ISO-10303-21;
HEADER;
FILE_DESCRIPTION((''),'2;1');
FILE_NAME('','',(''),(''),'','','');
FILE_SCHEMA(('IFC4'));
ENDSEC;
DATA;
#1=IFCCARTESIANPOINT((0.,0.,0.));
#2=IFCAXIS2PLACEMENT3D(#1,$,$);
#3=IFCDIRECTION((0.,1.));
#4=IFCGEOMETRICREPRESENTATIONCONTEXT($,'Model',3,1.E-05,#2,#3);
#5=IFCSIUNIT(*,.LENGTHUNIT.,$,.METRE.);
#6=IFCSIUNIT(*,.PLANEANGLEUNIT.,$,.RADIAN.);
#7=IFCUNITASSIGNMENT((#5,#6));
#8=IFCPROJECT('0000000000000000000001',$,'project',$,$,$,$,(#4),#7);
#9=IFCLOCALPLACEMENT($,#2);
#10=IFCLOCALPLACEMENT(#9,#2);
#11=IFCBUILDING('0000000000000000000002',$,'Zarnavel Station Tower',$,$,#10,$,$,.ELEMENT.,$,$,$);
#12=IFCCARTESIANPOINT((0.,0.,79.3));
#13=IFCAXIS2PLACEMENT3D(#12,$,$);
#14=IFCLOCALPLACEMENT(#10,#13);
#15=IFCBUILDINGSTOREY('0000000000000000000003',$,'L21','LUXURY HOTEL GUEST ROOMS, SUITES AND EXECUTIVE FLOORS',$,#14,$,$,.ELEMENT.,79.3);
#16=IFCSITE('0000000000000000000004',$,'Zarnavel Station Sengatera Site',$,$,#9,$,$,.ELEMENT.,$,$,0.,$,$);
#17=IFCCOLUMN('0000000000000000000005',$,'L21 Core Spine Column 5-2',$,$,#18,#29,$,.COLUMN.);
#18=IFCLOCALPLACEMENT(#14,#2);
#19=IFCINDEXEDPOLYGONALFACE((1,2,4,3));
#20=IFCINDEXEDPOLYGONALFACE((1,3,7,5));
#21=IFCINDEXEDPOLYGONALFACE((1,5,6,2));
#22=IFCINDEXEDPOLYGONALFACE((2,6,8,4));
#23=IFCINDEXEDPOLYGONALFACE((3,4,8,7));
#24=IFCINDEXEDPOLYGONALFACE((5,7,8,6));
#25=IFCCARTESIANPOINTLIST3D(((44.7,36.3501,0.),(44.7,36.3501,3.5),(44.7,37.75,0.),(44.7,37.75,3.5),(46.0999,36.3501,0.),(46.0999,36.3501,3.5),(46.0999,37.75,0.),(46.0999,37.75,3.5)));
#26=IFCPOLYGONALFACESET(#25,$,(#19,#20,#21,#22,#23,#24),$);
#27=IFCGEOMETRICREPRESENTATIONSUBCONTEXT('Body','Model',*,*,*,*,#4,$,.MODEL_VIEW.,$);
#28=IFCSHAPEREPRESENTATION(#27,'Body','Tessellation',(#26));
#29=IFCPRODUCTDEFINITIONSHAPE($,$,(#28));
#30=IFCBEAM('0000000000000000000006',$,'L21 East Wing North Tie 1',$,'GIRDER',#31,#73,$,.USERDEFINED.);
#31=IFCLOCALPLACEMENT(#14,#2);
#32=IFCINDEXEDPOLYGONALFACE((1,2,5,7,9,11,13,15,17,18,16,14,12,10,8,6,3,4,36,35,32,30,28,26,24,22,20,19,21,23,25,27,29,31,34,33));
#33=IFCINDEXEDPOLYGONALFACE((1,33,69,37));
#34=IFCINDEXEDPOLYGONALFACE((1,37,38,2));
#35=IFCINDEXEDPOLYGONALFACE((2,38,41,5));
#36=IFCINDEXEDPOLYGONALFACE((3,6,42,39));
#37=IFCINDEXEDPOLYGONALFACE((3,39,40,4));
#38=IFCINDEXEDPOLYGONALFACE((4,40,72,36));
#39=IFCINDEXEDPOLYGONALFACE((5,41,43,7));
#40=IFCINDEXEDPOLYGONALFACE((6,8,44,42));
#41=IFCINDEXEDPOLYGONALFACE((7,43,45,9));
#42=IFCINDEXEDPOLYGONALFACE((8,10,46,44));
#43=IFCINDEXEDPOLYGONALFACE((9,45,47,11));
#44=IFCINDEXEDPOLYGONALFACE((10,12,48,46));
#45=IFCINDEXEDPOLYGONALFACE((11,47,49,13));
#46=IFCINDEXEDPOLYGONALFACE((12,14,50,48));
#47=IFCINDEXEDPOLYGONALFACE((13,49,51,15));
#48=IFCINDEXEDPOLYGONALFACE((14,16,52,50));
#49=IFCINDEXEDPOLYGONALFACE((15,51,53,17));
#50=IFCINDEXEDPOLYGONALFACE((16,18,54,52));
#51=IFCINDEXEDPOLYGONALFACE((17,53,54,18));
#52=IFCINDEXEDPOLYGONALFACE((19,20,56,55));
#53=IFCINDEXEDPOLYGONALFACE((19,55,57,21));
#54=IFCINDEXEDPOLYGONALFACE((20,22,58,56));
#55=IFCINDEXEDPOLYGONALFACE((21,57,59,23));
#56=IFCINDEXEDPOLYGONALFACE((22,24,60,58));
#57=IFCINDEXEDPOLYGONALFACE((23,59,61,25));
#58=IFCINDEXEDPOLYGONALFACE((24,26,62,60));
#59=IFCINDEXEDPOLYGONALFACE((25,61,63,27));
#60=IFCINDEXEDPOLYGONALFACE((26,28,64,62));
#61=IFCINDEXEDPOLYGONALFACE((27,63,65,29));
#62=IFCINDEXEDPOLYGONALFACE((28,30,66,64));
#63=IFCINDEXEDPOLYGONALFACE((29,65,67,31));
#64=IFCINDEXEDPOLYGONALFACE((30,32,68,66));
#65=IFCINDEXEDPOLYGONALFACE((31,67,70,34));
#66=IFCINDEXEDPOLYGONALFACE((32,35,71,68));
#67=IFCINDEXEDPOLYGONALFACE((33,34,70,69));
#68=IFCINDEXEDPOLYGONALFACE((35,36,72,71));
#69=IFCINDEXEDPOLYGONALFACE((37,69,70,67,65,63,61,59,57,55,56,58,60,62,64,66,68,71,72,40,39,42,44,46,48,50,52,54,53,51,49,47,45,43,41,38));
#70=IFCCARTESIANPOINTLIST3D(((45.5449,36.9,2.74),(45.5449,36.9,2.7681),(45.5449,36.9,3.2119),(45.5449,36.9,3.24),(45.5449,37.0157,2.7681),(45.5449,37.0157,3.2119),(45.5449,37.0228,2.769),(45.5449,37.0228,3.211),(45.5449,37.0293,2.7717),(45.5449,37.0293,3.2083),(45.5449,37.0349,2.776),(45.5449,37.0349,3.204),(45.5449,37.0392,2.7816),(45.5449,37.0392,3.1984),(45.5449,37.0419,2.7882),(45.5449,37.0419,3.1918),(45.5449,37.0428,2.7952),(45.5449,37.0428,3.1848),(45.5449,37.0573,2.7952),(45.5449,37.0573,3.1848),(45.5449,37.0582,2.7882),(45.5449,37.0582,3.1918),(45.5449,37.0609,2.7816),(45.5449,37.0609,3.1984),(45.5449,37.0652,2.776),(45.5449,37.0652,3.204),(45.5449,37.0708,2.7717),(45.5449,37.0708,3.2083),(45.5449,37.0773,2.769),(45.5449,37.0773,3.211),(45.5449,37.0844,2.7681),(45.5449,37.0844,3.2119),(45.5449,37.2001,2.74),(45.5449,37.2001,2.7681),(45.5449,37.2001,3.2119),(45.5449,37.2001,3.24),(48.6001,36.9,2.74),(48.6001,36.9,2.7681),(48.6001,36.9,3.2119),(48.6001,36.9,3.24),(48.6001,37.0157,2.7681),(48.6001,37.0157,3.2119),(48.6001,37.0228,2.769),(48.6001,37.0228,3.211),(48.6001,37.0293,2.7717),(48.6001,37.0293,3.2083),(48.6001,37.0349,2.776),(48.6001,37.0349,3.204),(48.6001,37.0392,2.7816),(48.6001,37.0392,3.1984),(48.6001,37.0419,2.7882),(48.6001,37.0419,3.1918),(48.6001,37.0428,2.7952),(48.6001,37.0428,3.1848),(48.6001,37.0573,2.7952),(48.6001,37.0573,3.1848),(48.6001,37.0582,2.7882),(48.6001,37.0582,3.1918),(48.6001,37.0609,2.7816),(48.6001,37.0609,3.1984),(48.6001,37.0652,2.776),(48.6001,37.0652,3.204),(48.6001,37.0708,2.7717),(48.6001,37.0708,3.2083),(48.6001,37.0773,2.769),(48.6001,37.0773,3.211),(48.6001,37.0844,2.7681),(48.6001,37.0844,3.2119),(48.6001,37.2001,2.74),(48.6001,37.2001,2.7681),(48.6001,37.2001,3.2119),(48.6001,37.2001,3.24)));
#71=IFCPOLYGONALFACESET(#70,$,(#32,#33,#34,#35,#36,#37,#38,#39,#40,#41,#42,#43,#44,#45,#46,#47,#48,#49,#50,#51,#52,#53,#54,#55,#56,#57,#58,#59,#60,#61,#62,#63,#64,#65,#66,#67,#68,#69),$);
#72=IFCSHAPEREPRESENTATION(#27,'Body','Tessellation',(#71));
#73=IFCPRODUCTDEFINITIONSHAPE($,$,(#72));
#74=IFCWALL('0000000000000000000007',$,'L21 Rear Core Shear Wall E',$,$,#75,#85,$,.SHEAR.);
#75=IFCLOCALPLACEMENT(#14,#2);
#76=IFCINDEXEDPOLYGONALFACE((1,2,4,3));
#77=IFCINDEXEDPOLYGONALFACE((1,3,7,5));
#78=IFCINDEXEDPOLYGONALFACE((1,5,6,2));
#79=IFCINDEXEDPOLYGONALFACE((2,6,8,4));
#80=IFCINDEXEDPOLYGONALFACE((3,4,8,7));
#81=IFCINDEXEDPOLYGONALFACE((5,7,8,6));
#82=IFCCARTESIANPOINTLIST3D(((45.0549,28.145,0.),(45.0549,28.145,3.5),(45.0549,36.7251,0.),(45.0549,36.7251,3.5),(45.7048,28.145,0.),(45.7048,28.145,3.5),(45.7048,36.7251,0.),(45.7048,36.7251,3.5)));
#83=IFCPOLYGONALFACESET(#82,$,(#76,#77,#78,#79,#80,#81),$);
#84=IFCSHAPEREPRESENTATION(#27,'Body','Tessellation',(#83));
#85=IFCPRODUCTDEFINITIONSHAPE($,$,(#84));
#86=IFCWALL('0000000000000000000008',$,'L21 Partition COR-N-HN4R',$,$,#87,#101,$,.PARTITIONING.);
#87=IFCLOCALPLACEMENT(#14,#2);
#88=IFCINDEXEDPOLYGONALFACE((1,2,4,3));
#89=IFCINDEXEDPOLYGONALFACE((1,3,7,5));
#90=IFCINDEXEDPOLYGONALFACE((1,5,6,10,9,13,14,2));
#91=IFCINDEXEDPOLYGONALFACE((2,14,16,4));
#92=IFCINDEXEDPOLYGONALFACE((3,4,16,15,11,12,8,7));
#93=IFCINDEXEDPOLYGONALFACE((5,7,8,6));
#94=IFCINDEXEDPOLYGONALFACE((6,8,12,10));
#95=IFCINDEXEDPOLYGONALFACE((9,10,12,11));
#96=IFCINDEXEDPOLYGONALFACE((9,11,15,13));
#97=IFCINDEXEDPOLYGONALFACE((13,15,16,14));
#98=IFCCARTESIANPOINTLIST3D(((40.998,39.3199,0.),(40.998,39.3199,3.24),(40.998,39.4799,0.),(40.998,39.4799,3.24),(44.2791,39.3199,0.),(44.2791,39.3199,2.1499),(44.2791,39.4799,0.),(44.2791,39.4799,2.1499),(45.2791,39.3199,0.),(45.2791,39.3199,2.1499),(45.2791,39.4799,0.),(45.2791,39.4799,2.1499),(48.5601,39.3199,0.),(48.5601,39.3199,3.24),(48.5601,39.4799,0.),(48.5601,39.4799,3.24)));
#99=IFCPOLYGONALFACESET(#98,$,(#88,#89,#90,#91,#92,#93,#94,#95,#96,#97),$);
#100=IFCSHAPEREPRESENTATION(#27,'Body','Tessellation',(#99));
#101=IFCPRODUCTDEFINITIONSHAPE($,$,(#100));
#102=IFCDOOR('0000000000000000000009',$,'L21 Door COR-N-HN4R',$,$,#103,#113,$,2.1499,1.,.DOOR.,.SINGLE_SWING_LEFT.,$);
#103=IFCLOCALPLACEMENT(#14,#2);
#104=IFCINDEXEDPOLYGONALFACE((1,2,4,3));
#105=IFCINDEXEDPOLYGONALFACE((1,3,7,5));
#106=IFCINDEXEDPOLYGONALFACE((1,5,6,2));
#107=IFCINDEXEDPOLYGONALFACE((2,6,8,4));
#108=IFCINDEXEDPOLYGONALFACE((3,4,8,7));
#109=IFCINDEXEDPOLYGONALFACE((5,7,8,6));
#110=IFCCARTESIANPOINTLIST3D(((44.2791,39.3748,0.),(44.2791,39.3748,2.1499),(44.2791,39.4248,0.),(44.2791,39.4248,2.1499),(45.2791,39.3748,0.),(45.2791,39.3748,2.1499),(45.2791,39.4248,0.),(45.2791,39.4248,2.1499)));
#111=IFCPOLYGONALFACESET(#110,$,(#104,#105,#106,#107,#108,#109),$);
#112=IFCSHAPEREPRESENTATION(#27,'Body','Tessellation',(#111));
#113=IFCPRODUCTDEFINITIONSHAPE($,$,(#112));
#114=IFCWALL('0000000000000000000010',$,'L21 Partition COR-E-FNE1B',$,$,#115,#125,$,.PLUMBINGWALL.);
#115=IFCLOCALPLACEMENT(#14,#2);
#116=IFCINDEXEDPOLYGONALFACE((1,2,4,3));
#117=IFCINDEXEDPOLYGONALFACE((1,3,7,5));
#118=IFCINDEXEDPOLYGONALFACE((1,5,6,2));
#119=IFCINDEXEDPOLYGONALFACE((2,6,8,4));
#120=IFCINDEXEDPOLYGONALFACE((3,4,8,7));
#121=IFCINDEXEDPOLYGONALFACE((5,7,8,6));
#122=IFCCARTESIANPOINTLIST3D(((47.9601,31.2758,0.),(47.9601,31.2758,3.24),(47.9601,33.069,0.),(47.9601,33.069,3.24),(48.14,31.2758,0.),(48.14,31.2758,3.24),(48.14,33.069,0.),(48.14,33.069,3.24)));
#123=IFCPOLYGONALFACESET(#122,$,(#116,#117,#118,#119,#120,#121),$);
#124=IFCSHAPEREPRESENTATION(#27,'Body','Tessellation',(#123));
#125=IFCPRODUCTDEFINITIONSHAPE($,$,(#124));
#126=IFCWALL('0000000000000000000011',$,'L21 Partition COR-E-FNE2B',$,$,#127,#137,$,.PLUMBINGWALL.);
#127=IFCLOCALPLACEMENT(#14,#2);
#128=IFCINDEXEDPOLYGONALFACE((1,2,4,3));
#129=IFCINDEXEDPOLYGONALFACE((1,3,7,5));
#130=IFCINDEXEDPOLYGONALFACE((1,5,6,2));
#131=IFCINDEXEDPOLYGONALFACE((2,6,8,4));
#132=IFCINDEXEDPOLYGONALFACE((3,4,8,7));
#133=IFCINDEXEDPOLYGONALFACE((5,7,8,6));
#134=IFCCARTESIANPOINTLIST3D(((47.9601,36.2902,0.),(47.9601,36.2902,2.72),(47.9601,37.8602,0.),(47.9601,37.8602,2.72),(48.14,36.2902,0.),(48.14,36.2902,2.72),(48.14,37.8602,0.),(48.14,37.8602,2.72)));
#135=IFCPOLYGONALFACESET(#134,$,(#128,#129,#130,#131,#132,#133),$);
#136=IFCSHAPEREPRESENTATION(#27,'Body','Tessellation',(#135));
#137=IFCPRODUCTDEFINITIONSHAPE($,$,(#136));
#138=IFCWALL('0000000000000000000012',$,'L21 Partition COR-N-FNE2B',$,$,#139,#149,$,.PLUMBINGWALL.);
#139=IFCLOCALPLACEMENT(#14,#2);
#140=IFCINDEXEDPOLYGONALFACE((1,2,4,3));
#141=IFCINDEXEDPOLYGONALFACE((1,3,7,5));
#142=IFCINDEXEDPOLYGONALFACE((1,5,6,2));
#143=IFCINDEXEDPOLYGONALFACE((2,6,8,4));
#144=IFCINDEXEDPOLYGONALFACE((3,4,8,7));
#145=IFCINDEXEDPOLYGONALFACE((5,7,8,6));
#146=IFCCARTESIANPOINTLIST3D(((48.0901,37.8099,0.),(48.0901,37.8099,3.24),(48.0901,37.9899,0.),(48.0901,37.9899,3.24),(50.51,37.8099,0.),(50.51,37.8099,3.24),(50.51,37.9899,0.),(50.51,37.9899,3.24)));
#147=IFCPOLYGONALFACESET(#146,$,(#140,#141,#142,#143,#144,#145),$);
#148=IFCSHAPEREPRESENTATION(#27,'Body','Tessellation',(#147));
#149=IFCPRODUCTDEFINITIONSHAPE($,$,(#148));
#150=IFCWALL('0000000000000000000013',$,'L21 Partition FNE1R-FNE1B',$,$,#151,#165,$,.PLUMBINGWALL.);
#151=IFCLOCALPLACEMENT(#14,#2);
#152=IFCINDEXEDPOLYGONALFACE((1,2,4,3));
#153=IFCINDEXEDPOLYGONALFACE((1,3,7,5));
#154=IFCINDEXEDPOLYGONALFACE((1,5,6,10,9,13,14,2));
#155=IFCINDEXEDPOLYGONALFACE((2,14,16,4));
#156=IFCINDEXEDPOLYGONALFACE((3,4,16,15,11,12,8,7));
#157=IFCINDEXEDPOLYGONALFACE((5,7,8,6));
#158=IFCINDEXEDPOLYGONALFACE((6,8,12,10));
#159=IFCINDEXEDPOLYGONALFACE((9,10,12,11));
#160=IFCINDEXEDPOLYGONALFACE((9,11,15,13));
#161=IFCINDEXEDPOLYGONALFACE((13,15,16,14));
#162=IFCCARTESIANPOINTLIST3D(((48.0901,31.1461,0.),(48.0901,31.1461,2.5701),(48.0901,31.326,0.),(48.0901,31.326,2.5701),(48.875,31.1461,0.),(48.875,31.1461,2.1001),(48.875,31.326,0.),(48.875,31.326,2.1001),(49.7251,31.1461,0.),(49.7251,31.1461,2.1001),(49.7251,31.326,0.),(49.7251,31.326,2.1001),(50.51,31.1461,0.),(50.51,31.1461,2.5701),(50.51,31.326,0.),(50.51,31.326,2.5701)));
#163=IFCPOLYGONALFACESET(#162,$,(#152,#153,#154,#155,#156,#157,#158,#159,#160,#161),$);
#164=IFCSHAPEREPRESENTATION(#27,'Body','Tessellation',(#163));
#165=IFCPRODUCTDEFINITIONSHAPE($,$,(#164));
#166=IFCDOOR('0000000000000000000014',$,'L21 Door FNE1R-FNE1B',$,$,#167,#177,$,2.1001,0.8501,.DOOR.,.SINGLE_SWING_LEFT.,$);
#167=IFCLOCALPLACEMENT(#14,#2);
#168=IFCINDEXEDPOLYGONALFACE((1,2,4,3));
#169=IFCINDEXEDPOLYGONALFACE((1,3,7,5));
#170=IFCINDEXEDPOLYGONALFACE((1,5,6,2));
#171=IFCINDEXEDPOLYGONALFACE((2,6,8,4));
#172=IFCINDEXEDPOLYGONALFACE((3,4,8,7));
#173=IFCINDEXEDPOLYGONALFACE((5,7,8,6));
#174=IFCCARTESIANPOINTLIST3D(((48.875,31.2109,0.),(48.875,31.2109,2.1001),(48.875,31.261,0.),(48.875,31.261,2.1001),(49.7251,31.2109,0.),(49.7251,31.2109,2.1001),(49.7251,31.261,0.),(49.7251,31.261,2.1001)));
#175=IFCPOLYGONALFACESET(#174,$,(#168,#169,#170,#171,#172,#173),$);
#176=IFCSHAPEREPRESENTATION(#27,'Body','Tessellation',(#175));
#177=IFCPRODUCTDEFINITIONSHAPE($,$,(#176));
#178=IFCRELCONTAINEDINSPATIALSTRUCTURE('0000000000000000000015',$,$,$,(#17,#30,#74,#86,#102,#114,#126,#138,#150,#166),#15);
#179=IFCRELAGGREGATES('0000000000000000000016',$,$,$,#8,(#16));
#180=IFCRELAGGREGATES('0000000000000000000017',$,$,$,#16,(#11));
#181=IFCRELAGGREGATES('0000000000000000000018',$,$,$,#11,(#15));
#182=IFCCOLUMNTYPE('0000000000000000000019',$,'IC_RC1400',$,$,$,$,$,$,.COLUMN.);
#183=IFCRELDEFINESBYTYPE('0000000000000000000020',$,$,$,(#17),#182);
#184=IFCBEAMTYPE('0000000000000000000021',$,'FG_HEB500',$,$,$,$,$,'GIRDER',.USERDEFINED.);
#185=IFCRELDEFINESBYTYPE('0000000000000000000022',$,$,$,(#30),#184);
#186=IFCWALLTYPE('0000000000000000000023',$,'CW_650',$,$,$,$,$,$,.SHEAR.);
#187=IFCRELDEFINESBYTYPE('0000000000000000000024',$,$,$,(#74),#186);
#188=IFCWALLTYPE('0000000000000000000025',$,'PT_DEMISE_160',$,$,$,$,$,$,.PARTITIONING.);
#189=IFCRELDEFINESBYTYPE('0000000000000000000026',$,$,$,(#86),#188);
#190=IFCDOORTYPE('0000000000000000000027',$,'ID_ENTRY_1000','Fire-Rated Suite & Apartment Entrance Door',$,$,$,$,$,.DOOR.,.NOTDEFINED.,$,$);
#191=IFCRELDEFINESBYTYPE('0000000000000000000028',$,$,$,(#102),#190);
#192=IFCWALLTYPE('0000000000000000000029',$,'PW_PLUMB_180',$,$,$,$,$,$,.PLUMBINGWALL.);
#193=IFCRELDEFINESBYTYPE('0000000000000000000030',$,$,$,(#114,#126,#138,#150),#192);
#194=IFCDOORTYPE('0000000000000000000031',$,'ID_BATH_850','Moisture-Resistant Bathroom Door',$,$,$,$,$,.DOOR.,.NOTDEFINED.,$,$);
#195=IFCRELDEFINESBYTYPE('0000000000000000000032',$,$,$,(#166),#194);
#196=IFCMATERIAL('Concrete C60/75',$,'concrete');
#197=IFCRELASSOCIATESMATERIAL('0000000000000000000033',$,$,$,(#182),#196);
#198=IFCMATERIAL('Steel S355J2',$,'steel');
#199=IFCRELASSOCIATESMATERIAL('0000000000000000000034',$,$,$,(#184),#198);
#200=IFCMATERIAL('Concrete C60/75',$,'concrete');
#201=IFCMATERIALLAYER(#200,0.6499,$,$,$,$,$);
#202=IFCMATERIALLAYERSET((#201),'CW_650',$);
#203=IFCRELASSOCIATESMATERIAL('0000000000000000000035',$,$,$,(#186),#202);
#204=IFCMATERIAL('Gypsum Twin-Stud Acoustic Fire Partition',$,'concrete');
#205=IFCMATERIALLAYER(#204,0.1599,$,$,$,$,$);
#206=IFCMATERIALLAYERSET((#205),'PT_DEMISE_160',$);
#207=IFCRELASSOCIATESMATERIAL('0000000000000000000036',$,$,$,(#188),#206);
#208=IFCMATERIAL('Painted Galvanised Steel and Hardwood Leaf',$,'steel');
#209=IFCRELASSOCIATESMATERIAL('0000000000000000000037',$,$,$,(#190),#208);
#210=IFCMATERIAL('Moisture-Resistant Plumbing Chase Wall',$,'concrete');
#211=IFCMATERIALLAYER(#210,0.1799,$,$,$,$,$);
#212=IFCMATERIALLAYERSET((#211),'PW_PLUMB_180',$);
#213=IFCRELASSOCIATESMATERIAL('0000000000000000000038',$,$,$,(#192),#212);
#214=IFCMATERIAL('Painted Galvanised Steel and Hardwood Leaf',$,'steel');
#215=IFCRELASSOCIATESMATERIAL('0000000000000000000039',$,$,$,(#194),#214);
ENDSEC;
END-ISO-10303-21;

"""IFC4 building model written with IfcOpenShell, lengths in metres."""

from ifc_helpers import new_model, si_unit, direction, frame, frame_2d, origin, origin_2d, place, context, subcontext, project, spatial, rectangle, i_section, extrude, material, layer, layer_set, material_profile, profile_set, type_object, element, fill, save


model = new_model("IFC4")

# Units and contexts
model_context = context("Model", 3, precision=1e-05, world=origin(), true_north=direction((0.0, 1.0)))
body_context = subcontext(model_context, "Body", "Model", "MODEL_VIEW")
ifc_project = project(units=[si_unit("LENGTHUNIT", "METRE"), si_unit("PLANEANGLEUNIT", "RADIAN")], contexts=[model_context])

# Site, building, storey
site_placement = place(None, origin())
site = spatial("IfcSite", under=ifc_project, at=site_placement, Name="Zarnavel Station Sengatera Site", CompositionType="ELEMENT", RefElevation=0.0)
building_placement = place(site_placement, origin())
building = spatial("IfcBuilding", under=site, at=building_placement, Name="Zarnavel Station Tower", CompositionType="ELEMENT")
storey_placement = place(building_placement, frame((0.0, 0.0, 79.3)))
storey = spatial("IfcBuildingStorey", under=building, at=storey_placement, Name="L21", Description="LUXURY HOTEL GUEST ROOMS, SUITES AND EXECUTIVE FLOORS", CompositionType="ELEMENT", Elevation=79.3)

# Column
ifc_material_1 = material(Name="Concrete C60/75", Category="concrete")
ifc_material_profile_1 = material_profile(ifc_material_1, rectangle(XDim=1.3999, YDim=1.3999, at=origin_2d()), Name="RC1400x1400")
ifc_profile_set_1 = profile_set([ifc_material_profile_1], Name="Concrete C60/75")
column_type = type_object("IfcColumnType", Name="IC_RC1400", PredefinedType="COLUMN", material=ifc_profile_set_1)
column_placement = place(storey_placement, frame((45.3999, 37.05, 0.0), z_axis=(0.0, 0.0, 1.0), x_axis=(1.0, 0.0, 0.0)))
element("IfcColumn", 1, at=column_placement, inside=storey, type_object=column_type, Name="L21 Core Spine Column 5-2", PredefinedType="COLUMN", context=body_context, shape_type="SweptSolid", body=[
    extrude(rectangle(XDim=1.3999, YDim=1.3999, at=origin_2d()), origin(), (0.0, 0.0, 1.0), 3.5),
])

# Beam
ifc_material_2 = material(Name="Steel S355J2", Category="steel")
ifc_material_profile_2 = material_profile(ifc_material_2, i_section(OverallWidth=0.3, OverallDepth=0.5, WebThickness=0.0144, FlangeThickness=0.0281, FilletRadius=0.0271, at=origin_2d()), Name="HEB500")
ifc_profile_set_2 = profile_set([ifc_material_profile_2], Name="Steel S355J2")
beam_type = type_object("IfcBeamType", Name="FG_HEB500", ElementType="GIRDER", PredefinedType="USERDEFINED", material=ifc_profile_set_2)
beam_placement = place(storey_placement, frame((45.5449, 37.05, 2.99), z_axis=(1.0, 0.0, 0.0), x_axis=(0.0, 1.0, 0.0)))
element("IfcBeam", 2, at=beam_placement, inside=storey, type_object=beam_type, Name="L21 East Wing North Tie 1", ObjectType="GIRDER", PredefinedType="USERDEFINED", context=body_context, shape_type="SweptSolid", body=[
    extrude(i_section(OverallWidth=0.3, OverallDepth=0.5, WebThickness=0.0144, FlangeThickness=0.0281, FilletRadius=0.0271, at=origin_2d()), origin(), (0.0, 0.0, 1.0), 3.0552),
])

# Wall
ifc_material_3 = material(Name="Concrete C60/75", Category="concrete")
ifc_layer_1 = layer(ifc_material_3, 0.6499)
ifc_layer_set_1 = layer_set([ifc_layer_1], Name="CW_650")
wall_type_1 = type_object("IfcWallType", Name="CW_650", PredefinedType="SHEAR", material=ifc_layer_set_1)
wall_1_placement = place(storey_placement, frame((45.3799, 28.145, 0.0), z_axis=(0.0, 0.0, 1.0), x_axis=(0.0, 1.0, 0.0)))
element("IfcWall", 3, at=wall_1_placement, inside=storey, type_object=wall_type_1, Name="L21 Rear Core Shear Wall E", PredefinedType="SHEAR", context=body_context, shape_type="SweptSolid", body=[
    extrude(rectangle(XDim=8.5801, YDim=0.6499, at=frame_2d((4.29, 0.0))), origin(), (0.0, 0.0, 1.0), 3.5),
])

# Wall, opening, door
ifc_material_4 = material(Name="Gypsum Twin-Stud Acoustic Fire Partition", Category="concrete")
ifc_layer_2 = layer(ifc_material_4, 0.1599)
ifc_layer_set_2 = layer_set([ifc_layer_2], Name="PT_DEMISE_160")
wall_type_2 = type_object("IfcWallType", Name="PT_DEMISE_160", PredefinedType="PARTITIONING", material=ifc_layer_set_2)
ifc_material_5 = material(Name="Painted Galvanised Steel and Hardwood Leaf", Category="steel")
door_type_1 = type_object("IfcDoorType", Name="ID_ENTRY_1000", Description="Fire-Rated Suite & Apartment Entrance Door", OperationType="NOTDEFINED", PredefinedType="DOOR", material=ifc_material_5)
wall_2_placement = place(storey_placement, frame((40.998, 39.3999, 0.0), z_axis=(0.0, 0.0, 1.0), x_axis=(1.0, 0.0, 0.0)))
wall_2 = element("IfcWall", 4, at=wall_2_placement, inside=storey, type_object=wall_type_2, Name="L21 Partition COR-N-HN4R", PredefinedType="PARTITIONING", context=body_context, shape_type="SweptSolid", body=[
    extrude(rectangle(XDim=7.562, YDim=0.1599, at=frame_2d((3.781, 0.0))), origin(), (0.0, 0.0, 1.0), 3.24),
])
opening_1_placement = place(wall_2_placement, frame((3.281, 0.0, 0.0)))
opening_1 = element("IfcOpeningElement", 5, at=opening_1_placement, cuts=wall_2, PredefinedType="OPENING", context=body_context, shape_type="SweptSolid", body=[
    extrude(rectangle(XDim=1.0, YDim=2.1499, at=frame_2d((0.5, 1.075))), frame((0.0, 0.0898, 0.0), z_axis=(0.0, -1.0, 0.0), x_axis=(1.0, 0.0, 0.0)), (0.0, 0.0, 1.0), 0.1799),
])
door_1_placement = place(opening_1_placement, origin())
door_1 = element("IfcDoor", 6, at=door_1_placement, inside=storey, type_object=door_type_1, Name="L21 Door COR-N-HN4R", OperationType="SINGLE_SWING_LEFT", OverallHeight=2.1499, OverallWidth=1.0, PredefinedType="DOOR", context=body_context, shape_type="SweptSolid", body=[
    extrude(rectangle(XDim=1.0, YDim=2.1499, at=frame_2d((0.5, 1.075))), frame((0.0, 0.0249, 0.0), z_axis=(0.0, -1.0, 0.0), x_axis=(1.0, 0.0, 0.0)), (0.0, 0.0, 1.0), 0.05),
])
fill(opening_1, door_1)

# Walls
ifc_material_6 = material(Name="Moisture-Resistant Plumbing Chase Wall", Category="concrete")
ifc_layer_3 = layer(ifc_material_6, 0.1799)
ifc_layer_set_3 = layer_set([ifc_layer_3], Name="PW_PLUMB_180")
wall_type_3 = type_object("IfcWallType", Name="PW_PLUMB_180", PredefinedType="PLUMBINGWALL", material=ifc_layer_set_3)
wall_3_placement = place(storey_placement, frame((48.05, 31.2759, 0.0), z_axis=(0.0, 0.0, 1.0), x_axis=(0.0, 1.0, 0.0)))
element("IfcWall", 7, at=wall_3_placement, inside=storey, type_object=wall_type_3, Name="L21 Partition COR-E-FNE1B", PredefinedType="PLUMBINGWALL", context=body_context, shape_type="SweptSolid", body=[
    extrude(rectangle(XDim=1.7932, YDim=0.1799, at=frame_2d((0.8965, 0.0))), origin(), (0.0, 0.0, 1.0), 3.24),
])
wall_4_placement = place(storey_placement, frame((48.05, 36.29, 0.0), z_axis=(0.0, 0.0, 1.0), x_axis=(0.0, 1.0, 0.0)))
element("IfcWall", 8, at=wall_4_placement, inside=storey, type_object=wall_type_3, Name="L21 Partition COR-E-FNE2B", PredefinedType="PLUMBINGWALL", context=body_context, shape_type="SweptSolid", body=[
    extrude(rectangle(XDim=1.5701, YDim=0.1799, at=frame_2d((0.7852, 0.0))), origin(), (0.0, 0.0, 1.0), 2.72),
])
wall_5_placement = place(storey_placement, frame((48.0901, 37.8999, 0.0), z_axis=(0.0, 0.0, 1.0), x_axis=(1.0, 0.0, 0.0)))
element("IfcWall", 9, at=wall_5_placement, inside=storey, type_object=wall_type_3, Name="L21 Partition COR-N-FNE2B", PredefinedType="PLUMBINGWALL", context=body_context, shape_type="SweptSolid", body=[
    extrude(rectangle(XDim=2.4199, YDim=0.1799, at=frame_2d((1.21, 0.0))), origin(), (0.0, 0.0, 1.0), 3.24),
])

# Wall, opening, door
wall_6_placement = place(storey_placement, frame((48.0901, 31.2361, 0.0), z_axis=(0.0, 0.0, 1.0), x_axis=(1.0, 0.0, 0.0)))
wall_6 = element("IfcWall", 10, at=wall_6_placement, inside=storey, type_object=wall_type_3, Name="L21 Partition FNE1R-FNE1B", PredefinedType="PLUMBINGWALL", context=body_context, shape_type="SweptSolid", body=[
    extrude(rectangle(XDim=2.4199, YDim=0.1799, at=frame_2d((1.21, 0.0))), origin(), (0.0, 0.0, 1.0), 2.5701),
])
opening_2_placement = place(wall_6_placement, frame((0.7849, 0.0, 0.0)))
opening_2 = element("IfcOpeningElement", 11, at=opening_2_placement, cuts=wall_6, PredefinedType="OPENING", context=body_context, shape_type="SweptSolid", body=[
    extrude(rectangle(XDim=0.8501, YDim=2.1001, at=frame_2d((0.425, 1.05))), frame((0.0, 0.0999, 0.0), z_axis=(0.0, -1.0, 0.0), x_axis=(1.0, 0.0, 0.0)), (0.0, 0.0, 1.0), 0.2),
])
ifc_material_7 = material(Name="Painted Galvanised Steel and Hardwood Leaf", Category="steel")
door_type_2 = type_object("IfcDoorType", Name="ID_BATH_850", Description="Moisture-Resistant Bathroom Door", OperationType="NOTDEFINED", PredefinedType="DOOR", material=ifc_material_7)
door_2_placement = place(opening_2_placement, origin())
door_2 = element("IfcDoor", 12, at=door_2_placement, inside=storey, type_object=door_type_2, Name="L21 Door FNE1R-FNE1B", OperationType="SINGLE_SWING_LEFT", OverallHeight=2.1001, OverallWidth=0.8501, PredefinedType="DOOR", context=body_context, shape_type="SweptSolid", body=[
    extrude(rectangle(XDim=0.8501, YDim=2.1001, at=frame_2d((0.425, 1.05))), frame((0.0, 0.0249, 0.0), z_axis=(0.0, -1.0, 0.0), x_axis=(1.0, 0.0, 0.0)), (0.0, 0.0, 1.0), 0.05),
])
fill(opening_2, door_2)

save(model, "model.ifc")
